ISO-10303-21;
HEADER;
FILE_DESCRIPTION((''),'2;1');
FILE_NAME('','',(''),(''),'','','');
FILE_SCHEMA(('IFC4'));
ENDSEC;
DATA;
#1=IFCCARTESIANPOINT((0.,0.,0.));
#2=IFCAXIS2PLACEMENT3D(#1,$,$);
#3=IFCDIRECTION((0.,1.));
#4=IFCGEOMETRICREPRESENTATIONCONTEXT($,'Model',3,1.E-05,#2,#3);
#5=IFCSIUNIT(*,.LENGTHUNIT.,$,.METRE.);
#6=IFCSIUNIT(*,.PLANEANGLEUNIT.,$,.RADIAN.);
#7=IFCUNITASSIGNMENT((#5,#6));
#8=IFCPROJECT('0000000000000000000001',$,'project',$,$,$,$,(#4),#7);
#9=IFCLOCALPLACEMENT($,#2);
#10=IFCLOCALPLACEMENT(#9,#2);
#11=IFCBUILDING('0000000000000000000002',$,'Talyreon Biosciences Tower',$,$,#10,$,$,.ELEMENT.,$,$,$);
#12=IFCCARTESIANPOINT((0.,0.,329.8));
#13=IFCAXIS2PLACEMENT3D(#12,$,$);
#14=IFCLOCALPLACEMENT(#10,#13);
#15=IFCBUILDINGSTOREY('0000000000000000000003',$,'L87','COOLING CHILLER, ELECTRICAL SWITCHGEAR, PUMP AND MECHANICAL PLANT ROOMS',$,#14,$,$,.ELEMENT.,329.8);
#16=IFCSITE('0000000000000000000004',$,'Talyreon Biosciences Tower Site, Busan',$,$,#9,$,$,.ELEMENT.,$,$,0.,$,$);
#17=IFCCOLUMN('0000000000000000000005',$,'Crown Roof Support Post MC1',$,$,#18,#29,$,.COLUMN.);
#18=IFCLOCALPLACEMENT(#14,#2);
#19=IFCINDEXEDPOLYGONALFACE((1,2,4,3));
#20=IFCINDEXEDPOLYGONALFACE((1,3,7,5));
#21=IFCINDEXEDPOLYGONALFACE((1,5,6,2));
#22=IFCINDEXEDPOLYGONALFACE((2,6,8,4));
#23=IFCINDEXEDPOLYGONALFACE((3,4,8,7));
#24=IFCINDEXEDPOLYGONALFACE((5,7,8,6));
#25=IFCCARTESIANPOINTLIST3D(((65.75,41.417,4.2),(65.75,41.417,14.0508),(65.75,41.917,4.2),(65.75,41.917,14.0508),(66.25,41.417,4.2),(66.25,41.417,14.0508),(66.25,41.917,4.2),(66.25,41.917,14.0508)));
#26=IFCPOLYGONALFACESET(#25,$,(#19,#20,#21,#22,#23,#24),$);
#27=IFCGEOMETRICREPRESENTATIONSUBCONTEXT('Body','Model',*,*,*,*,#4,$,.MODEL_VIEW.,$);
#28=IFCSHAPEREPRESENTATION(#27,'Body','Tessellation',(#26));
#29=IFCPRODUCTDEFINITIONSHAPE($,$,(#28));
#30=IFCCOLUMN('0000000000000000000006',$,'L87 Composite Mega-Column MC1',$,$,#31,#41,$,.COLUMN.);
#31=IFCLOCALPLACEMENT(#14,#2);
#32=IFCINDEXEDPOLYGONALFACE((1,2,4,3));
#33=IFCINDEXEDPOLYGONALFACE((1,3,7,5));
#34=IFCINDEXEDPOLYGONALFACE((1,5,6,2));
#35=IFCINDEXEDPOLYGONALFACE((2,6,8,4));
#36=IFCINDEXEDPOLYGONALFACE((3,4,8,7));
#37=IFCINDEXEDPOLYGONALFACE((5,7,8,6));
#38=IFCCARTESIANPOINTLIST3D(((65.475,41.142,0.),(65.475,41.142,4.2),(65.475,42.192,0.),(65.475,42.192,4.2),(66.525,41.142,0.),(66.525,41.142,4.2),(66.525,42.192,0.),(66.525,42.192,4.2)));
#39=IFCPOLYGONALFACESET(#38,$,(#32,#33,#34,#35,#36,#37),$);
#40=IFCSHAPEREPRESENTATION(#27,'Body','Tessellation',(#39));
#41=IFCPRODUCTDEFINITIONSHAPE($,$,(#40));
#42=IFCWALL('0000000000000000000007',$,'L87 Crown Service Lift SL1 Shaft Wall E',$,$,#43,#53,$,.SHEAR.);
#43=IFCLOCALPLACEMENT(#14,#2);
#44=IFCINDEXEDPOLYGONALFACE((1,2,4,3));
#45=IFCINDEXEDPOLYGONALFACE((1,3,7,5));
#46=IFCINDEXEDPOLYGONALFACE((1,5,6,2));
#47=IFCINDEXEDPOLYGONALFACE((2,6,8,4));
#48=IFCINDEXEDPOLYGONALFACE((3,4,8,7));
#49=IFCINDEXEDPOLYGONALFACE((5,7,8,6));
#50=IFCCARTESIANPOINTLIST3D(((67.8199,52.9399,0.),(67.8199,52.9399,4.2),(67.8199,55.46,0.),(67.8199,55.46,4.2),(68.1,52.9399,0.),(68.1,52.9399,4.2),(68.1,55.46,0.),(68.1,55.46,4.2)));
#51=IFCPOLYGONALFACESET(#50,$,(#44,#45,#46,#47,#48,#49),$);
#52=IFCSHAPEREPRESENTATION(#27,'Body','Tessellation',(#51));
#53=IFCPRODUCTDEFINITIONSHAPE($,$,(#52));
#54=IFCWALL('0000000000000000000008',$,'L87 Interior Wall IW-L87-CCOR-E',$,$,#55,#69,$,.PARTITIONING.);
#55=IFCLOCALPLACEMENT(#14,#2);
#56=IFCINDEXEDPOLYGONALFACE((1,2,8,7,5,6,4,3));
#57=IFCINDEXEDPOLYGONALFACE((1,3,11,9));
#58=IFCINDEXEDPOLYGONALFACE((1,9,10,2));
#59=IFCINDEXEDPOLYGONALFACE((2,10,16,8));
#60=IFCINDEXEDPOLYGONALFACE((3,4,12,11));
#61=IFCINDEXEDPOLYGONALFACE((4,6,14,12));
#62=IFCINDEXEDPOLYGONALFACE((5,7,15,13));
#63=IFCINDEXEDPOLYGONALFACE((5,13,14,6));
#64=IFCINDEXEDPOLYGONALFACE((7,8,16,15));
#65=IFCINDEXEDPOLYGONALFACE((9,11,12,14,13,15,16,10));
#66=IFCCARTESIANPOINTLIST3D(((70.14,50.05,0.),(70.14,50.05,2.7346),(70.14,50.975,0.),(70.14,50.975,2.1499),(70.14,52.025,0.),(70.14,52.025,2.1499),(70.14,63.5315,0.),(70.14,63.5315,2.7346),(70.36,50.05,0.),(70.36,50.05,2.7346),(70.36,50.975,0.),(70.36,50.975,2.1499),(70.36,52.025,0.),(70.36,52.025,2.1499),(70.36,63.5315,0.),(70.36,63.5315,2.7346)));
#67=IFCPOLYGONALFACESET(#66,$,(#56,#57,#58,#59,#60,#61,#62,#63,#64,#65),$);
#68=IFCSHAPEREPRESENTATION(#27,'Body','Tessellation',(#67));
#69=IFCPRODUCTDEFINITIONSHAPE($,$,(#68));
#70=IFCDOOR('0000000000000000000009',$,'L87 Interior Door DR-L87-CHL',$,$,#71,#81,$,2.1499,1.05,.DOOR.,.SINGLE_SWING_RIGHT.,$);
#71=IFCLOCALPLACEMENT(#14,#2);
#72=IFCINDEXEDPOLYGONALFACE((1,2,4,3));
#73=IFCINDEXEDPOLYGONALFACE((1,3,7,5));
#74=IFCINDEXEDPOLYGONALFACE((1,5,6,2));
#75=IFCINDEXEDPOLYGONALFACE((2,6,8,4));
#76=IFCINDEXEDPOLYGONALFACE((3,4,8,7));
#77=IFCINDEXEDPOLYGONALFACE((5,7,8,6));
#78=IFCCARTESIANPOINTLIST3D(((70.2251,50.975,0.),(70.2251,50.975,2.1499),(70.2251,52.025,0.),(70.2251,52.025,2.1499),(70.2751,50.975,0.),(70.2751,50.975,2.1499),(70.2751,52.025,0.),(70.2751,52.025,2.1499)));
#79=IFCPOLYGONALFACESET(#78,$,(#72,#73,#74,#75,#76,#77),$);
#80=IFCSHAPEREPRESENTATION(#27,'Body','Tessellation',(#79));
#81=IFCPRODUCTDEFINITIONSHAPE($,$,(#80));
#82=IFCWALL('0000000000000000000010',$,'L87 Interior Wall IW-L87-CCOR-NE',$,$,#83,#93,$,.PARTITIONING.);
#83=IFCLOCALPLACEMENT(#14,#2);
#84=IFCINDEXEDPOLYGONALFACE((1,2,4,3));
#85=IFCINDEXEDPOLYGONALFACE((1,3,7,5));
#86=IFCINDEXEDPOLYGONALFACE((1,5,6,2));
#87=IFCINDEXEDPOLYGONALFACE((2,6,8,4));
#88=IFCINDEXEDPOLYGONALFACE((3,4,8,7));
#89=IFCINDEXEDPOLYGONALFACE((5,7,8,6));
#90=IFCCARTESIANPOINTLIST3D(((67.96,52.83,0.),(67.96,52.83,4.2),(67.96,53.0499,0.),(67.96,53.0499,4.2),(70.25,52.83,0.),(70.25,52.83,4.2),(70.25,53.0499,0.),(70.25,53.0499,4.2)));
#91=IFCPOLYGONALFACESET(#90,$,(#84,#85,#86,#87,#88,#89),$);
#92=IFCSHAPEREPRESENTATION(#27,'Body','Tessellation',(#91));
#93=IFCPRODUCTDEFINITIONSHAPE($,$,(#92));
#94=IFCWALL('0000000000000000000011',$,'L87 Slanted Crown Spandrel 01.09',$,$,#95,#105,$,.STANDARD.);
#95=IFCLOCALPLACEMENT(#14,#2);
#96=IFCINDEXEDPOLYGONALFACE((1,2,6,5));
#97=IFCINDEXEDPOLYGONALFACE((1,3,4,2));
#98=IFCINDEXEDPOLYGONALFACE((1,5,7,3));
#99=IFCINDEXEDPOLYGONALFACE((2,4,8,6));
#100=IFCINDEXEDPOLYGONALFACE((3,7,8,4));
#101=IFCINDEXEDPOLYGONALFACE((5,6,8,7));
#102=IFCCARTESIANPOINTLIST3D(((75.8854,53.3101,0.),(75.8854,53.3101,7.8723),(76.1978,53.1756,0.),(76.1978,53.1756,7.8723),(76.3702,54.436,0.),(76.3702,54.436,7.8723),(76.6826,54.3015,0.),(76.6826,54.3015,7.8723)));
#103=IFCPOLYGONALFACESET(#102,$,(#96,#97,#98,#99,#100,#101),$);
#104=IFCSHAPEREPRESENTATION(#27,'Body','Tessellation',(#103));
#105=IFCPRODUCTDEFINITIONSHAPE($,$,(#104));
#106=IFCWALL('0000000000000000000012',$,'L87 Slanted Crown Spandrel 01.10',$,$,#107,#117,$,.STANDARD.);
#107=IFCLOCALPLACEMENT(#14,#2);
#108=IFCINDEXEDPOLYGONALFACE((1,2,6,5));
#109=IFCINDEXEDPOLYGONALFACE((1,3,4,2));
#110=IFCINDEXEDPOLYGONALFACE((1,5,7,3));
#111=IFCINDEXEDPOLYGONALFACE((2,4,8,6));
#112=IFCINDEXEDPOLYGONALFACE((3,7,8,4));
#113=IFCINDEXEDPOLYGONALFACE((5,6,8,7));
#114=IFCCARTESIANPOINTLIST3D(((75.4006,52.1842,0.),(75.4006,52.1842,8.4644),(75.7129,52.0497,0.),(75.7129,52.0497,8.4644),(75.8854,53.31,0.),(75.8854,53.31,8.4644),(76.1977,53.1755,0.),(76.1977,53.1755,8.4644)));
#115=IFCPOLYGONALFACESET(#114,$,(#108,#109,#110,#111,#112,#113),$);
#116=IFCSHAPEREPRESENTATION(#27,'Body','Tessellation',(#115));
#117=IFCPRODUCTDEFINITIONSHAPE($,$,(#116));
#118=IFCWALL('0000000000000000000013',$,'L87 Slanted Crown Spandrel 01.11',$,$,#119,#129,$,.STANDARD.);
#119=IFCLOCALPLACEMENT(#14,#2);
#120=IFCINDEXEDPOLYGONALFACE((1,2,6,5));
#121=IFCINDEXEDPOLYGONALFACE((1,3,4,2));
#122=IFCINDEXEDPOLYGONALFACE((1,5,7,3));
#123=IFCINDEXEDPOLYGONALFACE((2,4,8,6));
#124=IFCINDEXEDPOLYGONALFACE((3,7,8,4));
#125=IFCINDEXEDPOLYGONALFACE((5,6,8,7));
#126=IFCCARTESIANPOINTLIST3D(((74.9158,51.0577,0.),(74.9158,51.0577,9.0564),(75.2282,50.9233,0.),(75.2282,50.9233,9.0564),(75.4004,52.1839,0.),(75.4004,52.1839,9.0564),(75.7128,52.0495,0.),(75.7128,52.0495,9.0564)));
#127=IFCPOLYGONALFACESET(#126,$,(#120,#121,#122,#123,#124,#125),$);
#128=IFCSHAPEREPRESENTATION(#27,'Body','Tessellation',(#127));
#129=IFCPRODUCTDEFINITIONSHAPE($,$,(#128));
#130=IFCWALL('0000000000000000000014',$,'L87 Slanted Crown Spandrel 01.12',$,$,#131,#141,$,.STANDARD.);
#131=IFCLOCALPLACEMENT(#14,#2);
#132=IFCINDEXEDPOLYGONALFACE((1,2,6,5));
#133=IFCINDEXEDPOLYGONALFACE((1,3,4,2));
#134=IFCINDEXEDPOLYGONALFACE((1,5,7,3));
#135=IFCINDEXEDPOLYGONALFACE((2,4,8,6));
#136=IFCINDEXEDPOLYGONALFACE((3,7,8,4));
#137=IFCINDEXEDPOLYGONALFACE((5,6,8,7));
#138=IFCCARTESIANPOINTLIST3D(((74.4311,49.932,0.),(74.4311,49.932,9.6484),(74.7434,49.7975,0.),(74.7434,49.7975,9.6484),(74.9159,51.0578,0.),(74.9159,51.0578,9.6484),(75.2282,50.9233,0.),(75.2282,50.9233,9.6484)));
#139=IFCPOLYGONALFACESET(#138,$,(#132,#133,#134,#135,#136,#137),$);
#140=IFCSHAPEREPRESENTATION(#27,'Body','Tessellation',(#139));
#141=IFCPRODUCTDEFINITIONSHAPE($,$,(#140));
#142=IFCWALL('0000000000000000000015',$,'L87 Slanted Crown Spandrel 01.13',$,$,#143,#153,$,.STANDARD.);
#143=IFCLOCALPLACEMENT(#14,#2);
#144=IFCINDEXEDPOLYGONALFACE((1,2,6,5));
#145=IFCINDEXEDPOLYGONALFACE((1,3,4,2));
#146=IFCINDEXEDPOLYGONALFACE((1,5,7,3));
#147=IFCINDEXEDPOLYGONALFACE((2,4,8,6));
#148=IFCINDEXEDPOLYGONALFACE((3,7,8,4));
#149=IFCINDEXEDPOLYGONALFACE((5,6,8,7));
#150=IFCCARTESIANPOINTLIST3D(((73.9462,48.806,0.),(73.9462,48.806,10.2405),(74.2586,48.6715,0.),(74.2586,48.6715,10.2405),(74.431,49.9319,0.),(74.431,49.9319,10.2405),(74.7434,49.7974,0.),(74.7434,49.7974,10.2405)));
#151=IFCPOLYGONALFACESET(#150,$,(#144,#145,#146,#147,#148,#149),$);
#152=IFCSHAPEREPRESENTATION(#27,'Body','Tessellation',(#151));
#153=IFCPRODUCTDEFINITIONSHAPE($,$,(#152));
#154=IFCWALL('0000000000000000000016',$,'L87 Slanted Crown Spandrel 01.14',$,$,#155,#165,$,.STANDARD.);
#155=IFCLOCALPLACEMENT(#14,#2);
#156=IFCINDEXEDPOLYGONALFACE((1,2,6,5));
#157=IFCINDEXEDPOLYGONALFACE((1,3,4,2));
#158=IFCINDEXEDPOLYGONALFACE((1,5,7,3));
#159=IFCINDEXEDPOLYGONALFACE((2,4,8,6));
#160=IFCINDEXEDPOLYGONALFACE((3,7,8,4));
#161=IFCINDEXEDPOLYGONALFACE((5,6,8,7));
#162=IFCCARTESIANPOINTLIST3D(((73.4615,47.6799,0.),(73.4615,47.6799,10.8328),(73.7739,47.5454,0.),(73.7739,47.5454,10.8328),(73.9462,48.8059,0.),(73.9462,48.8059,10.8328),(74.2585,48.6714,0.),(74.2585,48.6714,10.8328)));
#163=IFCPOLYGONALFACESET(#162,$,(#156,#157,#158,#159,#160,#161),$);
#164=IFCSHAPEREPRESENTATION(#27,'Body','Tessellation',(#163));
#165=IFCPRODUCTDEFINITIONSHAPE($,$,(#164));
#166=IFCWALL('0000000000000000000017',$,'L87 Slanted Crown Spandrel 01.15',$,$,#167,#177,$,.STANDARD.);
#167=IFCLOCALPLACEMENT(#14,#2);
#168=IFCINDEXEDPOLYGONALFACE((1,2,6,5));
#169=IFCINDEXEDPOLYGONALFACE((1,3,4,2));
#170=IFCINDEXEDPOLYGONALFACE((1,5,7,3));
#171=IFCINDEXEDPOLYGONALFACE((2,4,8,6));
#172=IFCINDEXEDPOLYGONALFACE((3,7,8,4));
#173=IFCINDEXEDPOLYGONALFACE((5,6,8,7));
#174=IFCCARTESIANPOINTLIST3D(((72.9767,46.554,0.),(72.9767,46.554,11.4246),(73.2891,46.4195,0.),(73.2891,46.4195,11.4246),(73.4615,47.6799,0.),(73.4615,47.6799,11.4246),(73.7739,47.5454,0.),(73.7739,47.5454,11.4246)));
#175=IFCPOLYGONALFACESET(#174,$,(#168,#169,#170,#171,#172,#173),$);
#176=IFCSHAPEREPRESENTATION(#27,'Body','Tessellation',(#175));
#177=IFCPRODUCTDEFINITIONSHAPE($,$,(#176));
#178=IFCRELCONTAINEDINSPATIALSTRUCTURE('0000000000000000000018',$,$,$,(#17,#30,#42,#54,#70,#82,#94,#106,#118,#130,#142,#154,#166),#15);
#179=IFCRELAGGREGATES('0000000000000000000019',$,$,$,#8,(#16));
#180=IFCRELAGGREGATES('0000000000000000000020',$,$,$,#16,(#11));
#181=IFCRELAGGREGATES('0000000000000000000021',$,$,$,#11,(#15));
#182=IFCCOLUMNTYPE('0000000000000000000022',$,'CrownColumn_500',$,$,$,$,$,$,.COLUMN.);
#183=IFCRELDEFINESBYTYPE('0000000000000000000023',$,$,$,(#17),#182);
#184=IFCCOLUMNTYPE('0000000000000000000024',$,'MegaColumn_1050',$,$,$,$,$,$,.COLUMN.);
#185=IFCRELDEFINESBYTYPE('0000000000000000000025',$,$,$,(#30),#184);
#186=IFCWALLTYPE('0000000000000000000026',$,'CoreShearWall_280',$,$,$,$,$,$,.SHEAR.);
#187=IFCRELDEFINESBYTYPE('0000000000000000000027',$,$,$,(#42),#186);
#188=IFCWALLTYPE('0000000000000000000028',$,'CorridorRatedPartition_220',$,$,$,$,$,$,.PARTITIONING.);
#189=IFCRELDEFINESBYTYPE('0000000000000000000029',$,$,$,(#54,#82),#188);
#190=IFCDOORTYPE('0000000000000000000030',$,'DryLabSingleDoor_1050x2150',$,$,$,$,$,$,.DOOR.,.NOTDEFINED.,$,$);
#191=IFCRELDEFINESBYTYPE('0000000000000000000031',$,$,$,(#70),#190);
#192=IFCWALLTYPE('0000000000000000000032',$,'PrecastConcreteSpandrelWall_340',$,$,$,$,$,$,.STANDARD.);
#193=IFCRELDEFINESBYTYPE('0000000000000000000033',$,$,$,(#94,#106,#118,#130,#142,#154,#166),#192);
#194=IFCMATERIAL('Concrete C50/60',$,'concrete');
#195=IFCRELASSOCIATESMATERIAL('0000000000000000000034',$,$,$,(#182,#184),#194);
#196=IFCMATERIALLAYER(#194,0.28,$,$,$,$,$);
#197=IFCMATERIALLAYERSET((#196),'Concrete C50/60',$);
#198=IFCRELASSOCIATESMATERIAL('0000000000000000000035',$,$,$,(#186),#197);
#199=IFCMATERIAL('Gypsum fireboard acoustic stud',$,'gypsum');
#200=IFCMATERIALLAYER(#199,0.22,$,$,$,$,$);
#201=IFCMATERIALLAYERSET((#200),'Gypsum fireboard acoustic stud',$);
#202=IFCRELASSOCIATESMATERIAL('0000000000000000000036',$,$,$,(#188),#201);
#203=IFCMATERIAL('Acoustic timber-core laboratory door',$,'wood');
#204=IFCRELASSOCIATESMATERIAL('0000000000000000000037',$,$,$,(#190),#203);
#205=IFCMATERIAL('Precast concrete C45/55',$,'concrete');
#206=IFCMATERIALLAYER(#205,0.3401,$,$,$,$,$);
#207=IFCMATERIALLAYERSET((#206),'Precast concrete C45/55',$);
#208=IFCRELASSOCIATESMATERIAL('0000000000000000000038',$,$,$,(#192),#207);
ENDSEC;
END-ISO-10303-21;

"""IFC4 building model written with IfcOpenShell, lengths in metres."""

from ifc_helpers import new_model, si_unit, direction, frame, frame_2d, origin, origin_2d, place, context, subcontext, project, spatial, rectangle, extrude, material, layer, layer_set, material_profile, profile_set, type_object, element, fill, save


model = new_model("IFC4")

# Units and contexts
model_context = context("Model", 3, precision=1e-05, world=origin(), true_north=direction((0.0, 1.0)))
body_context = subcontext(model_context, "Body", "Model", "MODEL_VIEW")
ifc_project = project(units=[si_unit("LENGTHUNIT", "METRE"), si_unit("PLANEANGLEUNIT", "RADIAN")], contexts=[model_context])

# Site, building, storey
site_placement = place(None, origin())
site = spatial("IfcSite", under=ifc_project, at=site_placement, Name="Talyreon Biosciences Tower Site, Busan", CompositionType="ELEMENT", RefElevation=0.0)
building_placement = place(site_placement, origin())
building = spatial("IfcBuilding", under=site, at=building_placement, Name="Talyreon Biosciences Tower", CompositionType="ELEMENT")
storey_placement = place(building_placement, frame((0.0, 0.0, 329.8)))
storey = spatial("IfcBuildingStorey", under=building, at=storey_placement, Name="L87", Description="COOLING CHILLER, ELECTRICAL SWITCHGEAR, PUMP AND MECHANICAL PLANT ROOMS", CompositionType="ELEMENT", Elevation=329.8)

# Columns
ifc_material_1 = material(Name="Concrete C50/60", Category="concrete")
ifc_material_profile_1 = material_profile(ifc_material_1, rectangle(XDim=0.5, YDim=0.5, at=origin_2d()), Name="RC 500x500")
ifc_profile_set_1 = profile_set([ifc_material_profile_1], Name="Concrete C50/60")
column_type_1 = type_object("IfcColumnType", Name="CrownColumn_500", PredefinedType="COLUMN", material=ifc_profile_set_1)
column_1_placement = place(storey_placement, frame((66.0, 41.667, 4.2), z_axis=(0.0, 0.0, 1.0), x_axis=(1.0, 0.0, 0.0)))
element("IfcColumn", 1, at=column_1_placement, inside=storey, type_object=column_type_1, Name="Crown Roof Support Post MC1", PredefinedType="COLUMN", context=body_context, shape_type="SweptSolid", body=[
    extrude(rectangle(XDim=0.5, YDim=0.5, at=origin_2d()), origin(), (0.0, 0.0, 1.0), 9.8508),
])
ifc_material_profile_2 = material_profile(ifc_material_1, rectangle(XDim=1.05, YDim=1.05, at=origin_2d()), Name="RC 1050x1050")
ifc_profile_set_2 = profile_set([ifc_material_profile_2], Name="Concrete C50/60")
column_type_2 = type_object("IfcColumnType", Name="MegaColumn_1050", PredefinedType="COLUMN", material=ifc_profile_set_2)
column_2_placement = place(storey_placement, frame((66.0, 41.667, 0.0), z_axis=(0.0, 0.0, 1.0), x_axis=(1.0, 0.0, 0.0)))
element("IfcColumn", 2, at=column_2_placement, inside=storey, type_object=column_type_2, Name="L87 Composite Mega-Column MC1", PredefinedType="COLUMN", context=body_context, shape_type="SweptSolid", body=[
    extrude(rectangle(XDim=1.05, YDim=1.05, at=origin_2d()), origin(), (0.0, 0.0, 1.0), 4.2),
])

# Wall
ifc_layer_1 = layer(ifc_material_1, 0.28)
ifc_layer_set_1 = layer_set([ifc_layer_1], Name="Concrete C50/60")
wall_type_1 = type_object("IfcWallType", Name="CoreShearWall_280", PredefinedType="SHEAR", material=ifc_layer_set_1)
wall_1_placement = place(storey_placement, frame((67.96, 52.9399, 0.0), z_axis=(0.0, 0.0, 1.0), x_axis=(0.0, 1.0, 0.0)))
element("IfcWall", 3, at=wall_1_placement, inside=storey, type_object=wall_type_1, Name="L87 Crown Service Lift SL1 Shaft Wall E", PredefinedType="SHEAR", context=body_context, shape_type="SweptSolid", body=[
    extrude(rectangle(XDim=2.52, YDim=0.28, at=frame_2d((1.26, 0.0))), origin(), (0.0, 0.0, 1.0), 4.2),
])

# Wall, opening, door
ifc_material_2 = material(Name="Gypsum fireboard acoustic stud", Category="gypsum")
ifc_layer_2 = layer(ifc_material_2, 0.22)
ifc_layer_set_2 = layer_set([ifc_layer_2], Name="Gypsum fireboard acoustic stud")
wall_type_2 = type_object("IfcWallType", Name="CorridorRatedPartition_220", PredefinedType="PARTITIONING", material=ifc_layer_set_2)
wall_2_placement = place(storey_placement, frame((70.25, 50.05, 0.0), z_axis=(0.0, 0.0, 1.0), x_axis=(0.0, 1.0, 0.0)))
wall_2 = element("IfcWall", 4, at=wall_2_placement, inside=storey, type_object=wall_type_2, Name="L87 Interior Wall IW-L87-CCOR-E", PredefinedType="PARTITIONING", context=body_context, shape_type="SweptSolid", body=[
    extrude(rectangle(XDim=13.4814, YDim=0.22, at=frame_2d((6.7407, 0.0))), origin(), (0.0, 0.0, 1.0), 2.7346),
])
opening_placement = place(wall_2_placement, frame((0.925, 0.0, 0.0)))
opening = element("IfcOpeningElement", 5, at=opening_placement, cuts=wall_2, PredefinedType="OPENING", context=body_context, shape_type="SweptSolid", body=[
    extrude(rectangle(XDim=1.05, YDim=2.1499, at=frame_2d((0.5249, 1.075))), frame((0.0, 0.1199, 0.0), z_axis=(0.0, -1.0, 0.0), x_axis=(1.0, 0.0, 0.0)), (0.0, 0.0, 1.0), 0.24),
])
ifc_material_3 = material(Name="Acoustic timber-core laboratory door", Category="wood")
door_type = type_object("IfcDoorType", Name="DryLabSingleDoor_1050x2150", OperationType="NOTDEFINED", PredefinedType="DOOR", material=ifc_material_3)
door_placement = place(opening_placement, origin())
door = element("IfcDoor", 6, at=door_placement, inside=storey, type_object=door_type, Name="L87 Interior Door DR-L87-CHL", OperationType="SINGLE_SWING_RIGHT", OverallHeight=2.1499, OverallWidth=1.05, PredefinedType="DOOR", context=body_context, shape_type="SweptSolid", body=[
    extrude(rectangle(XDim=1.05, YDim=2.1499, at=frame_2d((0.5249, 1.075))), frame((0.0, 0.0249, 0.0), z_axis=(0.0, -1.0, 0.0), x_axis=(1.0, 0.0, 0.0)), (0.0, 0.0, 1.0), 0.05),
])
fill(opening, door)

# Walls
wall_3_placement = place(storey_placement, frame((67.96, 52.9399, 0.0), z_axis=(0.0, 0.0, 1.0), x_axis=(1.0, 0.0, 0.0)))
element("IfcWall", 7, at=wall_3_placement, inside=storey, type_object=wall_type_2, Name="L87 Interior Wall IW-L87-CCOR-NE", PredefinedType="PARTITIONING", context=body_context, shape_type="SweptSolid", body=[
    extrude(rectangle(XDim=2.29, YDim=0.22, at=frame_2d((1.145, 0.0))), origin(), (0.0, 0.0, 1.0), 4.2),
])
ifc_material_4 = material(Name="Precast concrete C45/55", Category="concrete")
ifc_layer_3 = layer(ifc_material_4, 0.3401)
ifc_layer_set_3 = layer_set([ifc_layer_3], Name="Precast concrete C45/55")
wall_type_3 = type_object("IfcWallType", Name="PrecastConcreteSpandrelWall_340", PredefinedType="STANDARD", material=ifc_layer_set_3)
wall_4_placement = place(storey_placement, frame((76.5264, 54.3687, 0.0), z_axis=(0.0, 0.0, 1.0), x_axis=(-0.395505, -0.918464, 0.0)))
element("IfcWall", 8, at=wall_4_placement, inside=storey, type_object=wall_type_3, Name="L87 Slanted Crown Spandrel 01.09", PredefinedType="STANDARD", context=body_context, shape_type="SweptSolid", body=[
    extrude(rectangle(XDim=1.2258, YDim=0.3401, at=frame_2d((0.6128, 0.0))), origin(), (0.0, 0.0, 1.0), 7.8723),
])
wall_5_placement = place(storey_placement, frame((76.0415, 53.2427, 0.0), z_axis=(0.0, 0.0, 1.0), x_axis=(-0.395505, -0.918464, 0.0)))
element("IfcWall", 9, at=wall_5_placement, inside=storey, type_object=wall_type_3, Name="L87 Slanted Crown Spandrel 01.10", PredefinedType="STANDARD", context=body_context, shape_type="SweptSolid", body=[
    extrude(rectangle(XDim=1.2258, YDim=0.3401, at=frame_2d((0.6128, 0.0))), origin(), (0.0, 0.0, 1.0), 8.4644),
])
wall_6_placement = place(storey_placement, frame((75.5566, 52.1167, 0.0), z_axis=(0.0, 0.0, 1.0), x_axis=(-0.395265, -0.918567, 0.0)))
element("IfcWall", 10, at=wall_6_placement, inside=storey, type_object=wall_type_3, Name="L87 Slanted Crown Spandrel 01.11", PredefinedType="STANDARD", context=body_context, shape_type="SweptSolid", body=[
    extrude(rectangle(XDim=1.2261, YDim=0.3401, at=frame_2d((0.613, 0.0))), origin(), (0.0, 0.0, 1.0), 9.0564),
])
wall_7_placement = place(storey_placement, frame((75.072, 50.9905, 0.0), z_axis=(0.0, 0.0, 1.0), x_axis=(-0.395505, -0.918464, 0.0)))
element("IfcWall", 11, at=wall_7_placement, inside=storey, type_object=wall_type_3, Name="L87 Slanted Crown Spandrel 01.12", PredefinedType="STANDARD", context=body_context, shape_type="SweptSolid", body=[
    extrude(rectangle(XDim=1.2258, YDim=0.3401, at=frame_2d((0.6128, 0.0))), origin(), (0.0, 0.0, 1.0), 9.6484),
])
wall_8_placement = place(storey_placement, frame((74.5872, 49.8645, 0.0), z_axis=(0.0, 0.0, 1.0), x_axis=(-0.395505, -0.918464, 0.0)))
element("IfcWall", 12, at=wall_8_placement, inside=storey, type_object=wall_type_3, Name="L87 Slanted Crown Spandrel 01.13", PredefinedType="STANDARD", context=body_context, shape_type="SweptSolid", body=[
    extrude(rectangle(XDim=1.2258, YDim=0.3401, at=frame_2d((0.6128, 0.0))), origin(), (0.0, 0.0, 1.0), 10.2405),
])
wall_9_placement = place(storey_placement, frame((74.1023, 48.7385, 0.0), z_axis=(0.0, 0.0, 1.0), x_axis=(-0.395337, -0.918536, 0.0)))
element("IfcWall", 13, at=wall_9_placement, inside=storey, type_object=wall_type_3, Name="L87 Slanted Crown Spandrel 01.14", PredefinedType="STANDARD", context=body_context, shape_type="SweptSolid", body=[
    extrude(rectangle(XDim=1.2258, YDim=0.3401, at=frame_2d((0.6128, 0.0))), origin(), (0.0, 0.0, 1.0), 10.8328),
])
wall_10_placement = place(storey_placement, frame((73.6177, 47.6125, 0.0), z_axis=(0.0, 0.0, 1.0), x_axis=(-0.395505, -0.918464, 0.0)))
element("IfcWall", 14, at=wall_10_placement, inside=storey, type_object=wall_type_3, Name="L87 Slanted Crown Spandrel 01.15", PredefinedType="STANDARD", context=body_context, shape_type="SweptSolid", body=[
    extrude(rectangle(XDim=1.2258, YDim=0.3401, at=frame_2d((0.6128, 0.0))), origin(), (0.0, 0.0, 1.0), 11.4246),
])

save(model, "model.ifc")
